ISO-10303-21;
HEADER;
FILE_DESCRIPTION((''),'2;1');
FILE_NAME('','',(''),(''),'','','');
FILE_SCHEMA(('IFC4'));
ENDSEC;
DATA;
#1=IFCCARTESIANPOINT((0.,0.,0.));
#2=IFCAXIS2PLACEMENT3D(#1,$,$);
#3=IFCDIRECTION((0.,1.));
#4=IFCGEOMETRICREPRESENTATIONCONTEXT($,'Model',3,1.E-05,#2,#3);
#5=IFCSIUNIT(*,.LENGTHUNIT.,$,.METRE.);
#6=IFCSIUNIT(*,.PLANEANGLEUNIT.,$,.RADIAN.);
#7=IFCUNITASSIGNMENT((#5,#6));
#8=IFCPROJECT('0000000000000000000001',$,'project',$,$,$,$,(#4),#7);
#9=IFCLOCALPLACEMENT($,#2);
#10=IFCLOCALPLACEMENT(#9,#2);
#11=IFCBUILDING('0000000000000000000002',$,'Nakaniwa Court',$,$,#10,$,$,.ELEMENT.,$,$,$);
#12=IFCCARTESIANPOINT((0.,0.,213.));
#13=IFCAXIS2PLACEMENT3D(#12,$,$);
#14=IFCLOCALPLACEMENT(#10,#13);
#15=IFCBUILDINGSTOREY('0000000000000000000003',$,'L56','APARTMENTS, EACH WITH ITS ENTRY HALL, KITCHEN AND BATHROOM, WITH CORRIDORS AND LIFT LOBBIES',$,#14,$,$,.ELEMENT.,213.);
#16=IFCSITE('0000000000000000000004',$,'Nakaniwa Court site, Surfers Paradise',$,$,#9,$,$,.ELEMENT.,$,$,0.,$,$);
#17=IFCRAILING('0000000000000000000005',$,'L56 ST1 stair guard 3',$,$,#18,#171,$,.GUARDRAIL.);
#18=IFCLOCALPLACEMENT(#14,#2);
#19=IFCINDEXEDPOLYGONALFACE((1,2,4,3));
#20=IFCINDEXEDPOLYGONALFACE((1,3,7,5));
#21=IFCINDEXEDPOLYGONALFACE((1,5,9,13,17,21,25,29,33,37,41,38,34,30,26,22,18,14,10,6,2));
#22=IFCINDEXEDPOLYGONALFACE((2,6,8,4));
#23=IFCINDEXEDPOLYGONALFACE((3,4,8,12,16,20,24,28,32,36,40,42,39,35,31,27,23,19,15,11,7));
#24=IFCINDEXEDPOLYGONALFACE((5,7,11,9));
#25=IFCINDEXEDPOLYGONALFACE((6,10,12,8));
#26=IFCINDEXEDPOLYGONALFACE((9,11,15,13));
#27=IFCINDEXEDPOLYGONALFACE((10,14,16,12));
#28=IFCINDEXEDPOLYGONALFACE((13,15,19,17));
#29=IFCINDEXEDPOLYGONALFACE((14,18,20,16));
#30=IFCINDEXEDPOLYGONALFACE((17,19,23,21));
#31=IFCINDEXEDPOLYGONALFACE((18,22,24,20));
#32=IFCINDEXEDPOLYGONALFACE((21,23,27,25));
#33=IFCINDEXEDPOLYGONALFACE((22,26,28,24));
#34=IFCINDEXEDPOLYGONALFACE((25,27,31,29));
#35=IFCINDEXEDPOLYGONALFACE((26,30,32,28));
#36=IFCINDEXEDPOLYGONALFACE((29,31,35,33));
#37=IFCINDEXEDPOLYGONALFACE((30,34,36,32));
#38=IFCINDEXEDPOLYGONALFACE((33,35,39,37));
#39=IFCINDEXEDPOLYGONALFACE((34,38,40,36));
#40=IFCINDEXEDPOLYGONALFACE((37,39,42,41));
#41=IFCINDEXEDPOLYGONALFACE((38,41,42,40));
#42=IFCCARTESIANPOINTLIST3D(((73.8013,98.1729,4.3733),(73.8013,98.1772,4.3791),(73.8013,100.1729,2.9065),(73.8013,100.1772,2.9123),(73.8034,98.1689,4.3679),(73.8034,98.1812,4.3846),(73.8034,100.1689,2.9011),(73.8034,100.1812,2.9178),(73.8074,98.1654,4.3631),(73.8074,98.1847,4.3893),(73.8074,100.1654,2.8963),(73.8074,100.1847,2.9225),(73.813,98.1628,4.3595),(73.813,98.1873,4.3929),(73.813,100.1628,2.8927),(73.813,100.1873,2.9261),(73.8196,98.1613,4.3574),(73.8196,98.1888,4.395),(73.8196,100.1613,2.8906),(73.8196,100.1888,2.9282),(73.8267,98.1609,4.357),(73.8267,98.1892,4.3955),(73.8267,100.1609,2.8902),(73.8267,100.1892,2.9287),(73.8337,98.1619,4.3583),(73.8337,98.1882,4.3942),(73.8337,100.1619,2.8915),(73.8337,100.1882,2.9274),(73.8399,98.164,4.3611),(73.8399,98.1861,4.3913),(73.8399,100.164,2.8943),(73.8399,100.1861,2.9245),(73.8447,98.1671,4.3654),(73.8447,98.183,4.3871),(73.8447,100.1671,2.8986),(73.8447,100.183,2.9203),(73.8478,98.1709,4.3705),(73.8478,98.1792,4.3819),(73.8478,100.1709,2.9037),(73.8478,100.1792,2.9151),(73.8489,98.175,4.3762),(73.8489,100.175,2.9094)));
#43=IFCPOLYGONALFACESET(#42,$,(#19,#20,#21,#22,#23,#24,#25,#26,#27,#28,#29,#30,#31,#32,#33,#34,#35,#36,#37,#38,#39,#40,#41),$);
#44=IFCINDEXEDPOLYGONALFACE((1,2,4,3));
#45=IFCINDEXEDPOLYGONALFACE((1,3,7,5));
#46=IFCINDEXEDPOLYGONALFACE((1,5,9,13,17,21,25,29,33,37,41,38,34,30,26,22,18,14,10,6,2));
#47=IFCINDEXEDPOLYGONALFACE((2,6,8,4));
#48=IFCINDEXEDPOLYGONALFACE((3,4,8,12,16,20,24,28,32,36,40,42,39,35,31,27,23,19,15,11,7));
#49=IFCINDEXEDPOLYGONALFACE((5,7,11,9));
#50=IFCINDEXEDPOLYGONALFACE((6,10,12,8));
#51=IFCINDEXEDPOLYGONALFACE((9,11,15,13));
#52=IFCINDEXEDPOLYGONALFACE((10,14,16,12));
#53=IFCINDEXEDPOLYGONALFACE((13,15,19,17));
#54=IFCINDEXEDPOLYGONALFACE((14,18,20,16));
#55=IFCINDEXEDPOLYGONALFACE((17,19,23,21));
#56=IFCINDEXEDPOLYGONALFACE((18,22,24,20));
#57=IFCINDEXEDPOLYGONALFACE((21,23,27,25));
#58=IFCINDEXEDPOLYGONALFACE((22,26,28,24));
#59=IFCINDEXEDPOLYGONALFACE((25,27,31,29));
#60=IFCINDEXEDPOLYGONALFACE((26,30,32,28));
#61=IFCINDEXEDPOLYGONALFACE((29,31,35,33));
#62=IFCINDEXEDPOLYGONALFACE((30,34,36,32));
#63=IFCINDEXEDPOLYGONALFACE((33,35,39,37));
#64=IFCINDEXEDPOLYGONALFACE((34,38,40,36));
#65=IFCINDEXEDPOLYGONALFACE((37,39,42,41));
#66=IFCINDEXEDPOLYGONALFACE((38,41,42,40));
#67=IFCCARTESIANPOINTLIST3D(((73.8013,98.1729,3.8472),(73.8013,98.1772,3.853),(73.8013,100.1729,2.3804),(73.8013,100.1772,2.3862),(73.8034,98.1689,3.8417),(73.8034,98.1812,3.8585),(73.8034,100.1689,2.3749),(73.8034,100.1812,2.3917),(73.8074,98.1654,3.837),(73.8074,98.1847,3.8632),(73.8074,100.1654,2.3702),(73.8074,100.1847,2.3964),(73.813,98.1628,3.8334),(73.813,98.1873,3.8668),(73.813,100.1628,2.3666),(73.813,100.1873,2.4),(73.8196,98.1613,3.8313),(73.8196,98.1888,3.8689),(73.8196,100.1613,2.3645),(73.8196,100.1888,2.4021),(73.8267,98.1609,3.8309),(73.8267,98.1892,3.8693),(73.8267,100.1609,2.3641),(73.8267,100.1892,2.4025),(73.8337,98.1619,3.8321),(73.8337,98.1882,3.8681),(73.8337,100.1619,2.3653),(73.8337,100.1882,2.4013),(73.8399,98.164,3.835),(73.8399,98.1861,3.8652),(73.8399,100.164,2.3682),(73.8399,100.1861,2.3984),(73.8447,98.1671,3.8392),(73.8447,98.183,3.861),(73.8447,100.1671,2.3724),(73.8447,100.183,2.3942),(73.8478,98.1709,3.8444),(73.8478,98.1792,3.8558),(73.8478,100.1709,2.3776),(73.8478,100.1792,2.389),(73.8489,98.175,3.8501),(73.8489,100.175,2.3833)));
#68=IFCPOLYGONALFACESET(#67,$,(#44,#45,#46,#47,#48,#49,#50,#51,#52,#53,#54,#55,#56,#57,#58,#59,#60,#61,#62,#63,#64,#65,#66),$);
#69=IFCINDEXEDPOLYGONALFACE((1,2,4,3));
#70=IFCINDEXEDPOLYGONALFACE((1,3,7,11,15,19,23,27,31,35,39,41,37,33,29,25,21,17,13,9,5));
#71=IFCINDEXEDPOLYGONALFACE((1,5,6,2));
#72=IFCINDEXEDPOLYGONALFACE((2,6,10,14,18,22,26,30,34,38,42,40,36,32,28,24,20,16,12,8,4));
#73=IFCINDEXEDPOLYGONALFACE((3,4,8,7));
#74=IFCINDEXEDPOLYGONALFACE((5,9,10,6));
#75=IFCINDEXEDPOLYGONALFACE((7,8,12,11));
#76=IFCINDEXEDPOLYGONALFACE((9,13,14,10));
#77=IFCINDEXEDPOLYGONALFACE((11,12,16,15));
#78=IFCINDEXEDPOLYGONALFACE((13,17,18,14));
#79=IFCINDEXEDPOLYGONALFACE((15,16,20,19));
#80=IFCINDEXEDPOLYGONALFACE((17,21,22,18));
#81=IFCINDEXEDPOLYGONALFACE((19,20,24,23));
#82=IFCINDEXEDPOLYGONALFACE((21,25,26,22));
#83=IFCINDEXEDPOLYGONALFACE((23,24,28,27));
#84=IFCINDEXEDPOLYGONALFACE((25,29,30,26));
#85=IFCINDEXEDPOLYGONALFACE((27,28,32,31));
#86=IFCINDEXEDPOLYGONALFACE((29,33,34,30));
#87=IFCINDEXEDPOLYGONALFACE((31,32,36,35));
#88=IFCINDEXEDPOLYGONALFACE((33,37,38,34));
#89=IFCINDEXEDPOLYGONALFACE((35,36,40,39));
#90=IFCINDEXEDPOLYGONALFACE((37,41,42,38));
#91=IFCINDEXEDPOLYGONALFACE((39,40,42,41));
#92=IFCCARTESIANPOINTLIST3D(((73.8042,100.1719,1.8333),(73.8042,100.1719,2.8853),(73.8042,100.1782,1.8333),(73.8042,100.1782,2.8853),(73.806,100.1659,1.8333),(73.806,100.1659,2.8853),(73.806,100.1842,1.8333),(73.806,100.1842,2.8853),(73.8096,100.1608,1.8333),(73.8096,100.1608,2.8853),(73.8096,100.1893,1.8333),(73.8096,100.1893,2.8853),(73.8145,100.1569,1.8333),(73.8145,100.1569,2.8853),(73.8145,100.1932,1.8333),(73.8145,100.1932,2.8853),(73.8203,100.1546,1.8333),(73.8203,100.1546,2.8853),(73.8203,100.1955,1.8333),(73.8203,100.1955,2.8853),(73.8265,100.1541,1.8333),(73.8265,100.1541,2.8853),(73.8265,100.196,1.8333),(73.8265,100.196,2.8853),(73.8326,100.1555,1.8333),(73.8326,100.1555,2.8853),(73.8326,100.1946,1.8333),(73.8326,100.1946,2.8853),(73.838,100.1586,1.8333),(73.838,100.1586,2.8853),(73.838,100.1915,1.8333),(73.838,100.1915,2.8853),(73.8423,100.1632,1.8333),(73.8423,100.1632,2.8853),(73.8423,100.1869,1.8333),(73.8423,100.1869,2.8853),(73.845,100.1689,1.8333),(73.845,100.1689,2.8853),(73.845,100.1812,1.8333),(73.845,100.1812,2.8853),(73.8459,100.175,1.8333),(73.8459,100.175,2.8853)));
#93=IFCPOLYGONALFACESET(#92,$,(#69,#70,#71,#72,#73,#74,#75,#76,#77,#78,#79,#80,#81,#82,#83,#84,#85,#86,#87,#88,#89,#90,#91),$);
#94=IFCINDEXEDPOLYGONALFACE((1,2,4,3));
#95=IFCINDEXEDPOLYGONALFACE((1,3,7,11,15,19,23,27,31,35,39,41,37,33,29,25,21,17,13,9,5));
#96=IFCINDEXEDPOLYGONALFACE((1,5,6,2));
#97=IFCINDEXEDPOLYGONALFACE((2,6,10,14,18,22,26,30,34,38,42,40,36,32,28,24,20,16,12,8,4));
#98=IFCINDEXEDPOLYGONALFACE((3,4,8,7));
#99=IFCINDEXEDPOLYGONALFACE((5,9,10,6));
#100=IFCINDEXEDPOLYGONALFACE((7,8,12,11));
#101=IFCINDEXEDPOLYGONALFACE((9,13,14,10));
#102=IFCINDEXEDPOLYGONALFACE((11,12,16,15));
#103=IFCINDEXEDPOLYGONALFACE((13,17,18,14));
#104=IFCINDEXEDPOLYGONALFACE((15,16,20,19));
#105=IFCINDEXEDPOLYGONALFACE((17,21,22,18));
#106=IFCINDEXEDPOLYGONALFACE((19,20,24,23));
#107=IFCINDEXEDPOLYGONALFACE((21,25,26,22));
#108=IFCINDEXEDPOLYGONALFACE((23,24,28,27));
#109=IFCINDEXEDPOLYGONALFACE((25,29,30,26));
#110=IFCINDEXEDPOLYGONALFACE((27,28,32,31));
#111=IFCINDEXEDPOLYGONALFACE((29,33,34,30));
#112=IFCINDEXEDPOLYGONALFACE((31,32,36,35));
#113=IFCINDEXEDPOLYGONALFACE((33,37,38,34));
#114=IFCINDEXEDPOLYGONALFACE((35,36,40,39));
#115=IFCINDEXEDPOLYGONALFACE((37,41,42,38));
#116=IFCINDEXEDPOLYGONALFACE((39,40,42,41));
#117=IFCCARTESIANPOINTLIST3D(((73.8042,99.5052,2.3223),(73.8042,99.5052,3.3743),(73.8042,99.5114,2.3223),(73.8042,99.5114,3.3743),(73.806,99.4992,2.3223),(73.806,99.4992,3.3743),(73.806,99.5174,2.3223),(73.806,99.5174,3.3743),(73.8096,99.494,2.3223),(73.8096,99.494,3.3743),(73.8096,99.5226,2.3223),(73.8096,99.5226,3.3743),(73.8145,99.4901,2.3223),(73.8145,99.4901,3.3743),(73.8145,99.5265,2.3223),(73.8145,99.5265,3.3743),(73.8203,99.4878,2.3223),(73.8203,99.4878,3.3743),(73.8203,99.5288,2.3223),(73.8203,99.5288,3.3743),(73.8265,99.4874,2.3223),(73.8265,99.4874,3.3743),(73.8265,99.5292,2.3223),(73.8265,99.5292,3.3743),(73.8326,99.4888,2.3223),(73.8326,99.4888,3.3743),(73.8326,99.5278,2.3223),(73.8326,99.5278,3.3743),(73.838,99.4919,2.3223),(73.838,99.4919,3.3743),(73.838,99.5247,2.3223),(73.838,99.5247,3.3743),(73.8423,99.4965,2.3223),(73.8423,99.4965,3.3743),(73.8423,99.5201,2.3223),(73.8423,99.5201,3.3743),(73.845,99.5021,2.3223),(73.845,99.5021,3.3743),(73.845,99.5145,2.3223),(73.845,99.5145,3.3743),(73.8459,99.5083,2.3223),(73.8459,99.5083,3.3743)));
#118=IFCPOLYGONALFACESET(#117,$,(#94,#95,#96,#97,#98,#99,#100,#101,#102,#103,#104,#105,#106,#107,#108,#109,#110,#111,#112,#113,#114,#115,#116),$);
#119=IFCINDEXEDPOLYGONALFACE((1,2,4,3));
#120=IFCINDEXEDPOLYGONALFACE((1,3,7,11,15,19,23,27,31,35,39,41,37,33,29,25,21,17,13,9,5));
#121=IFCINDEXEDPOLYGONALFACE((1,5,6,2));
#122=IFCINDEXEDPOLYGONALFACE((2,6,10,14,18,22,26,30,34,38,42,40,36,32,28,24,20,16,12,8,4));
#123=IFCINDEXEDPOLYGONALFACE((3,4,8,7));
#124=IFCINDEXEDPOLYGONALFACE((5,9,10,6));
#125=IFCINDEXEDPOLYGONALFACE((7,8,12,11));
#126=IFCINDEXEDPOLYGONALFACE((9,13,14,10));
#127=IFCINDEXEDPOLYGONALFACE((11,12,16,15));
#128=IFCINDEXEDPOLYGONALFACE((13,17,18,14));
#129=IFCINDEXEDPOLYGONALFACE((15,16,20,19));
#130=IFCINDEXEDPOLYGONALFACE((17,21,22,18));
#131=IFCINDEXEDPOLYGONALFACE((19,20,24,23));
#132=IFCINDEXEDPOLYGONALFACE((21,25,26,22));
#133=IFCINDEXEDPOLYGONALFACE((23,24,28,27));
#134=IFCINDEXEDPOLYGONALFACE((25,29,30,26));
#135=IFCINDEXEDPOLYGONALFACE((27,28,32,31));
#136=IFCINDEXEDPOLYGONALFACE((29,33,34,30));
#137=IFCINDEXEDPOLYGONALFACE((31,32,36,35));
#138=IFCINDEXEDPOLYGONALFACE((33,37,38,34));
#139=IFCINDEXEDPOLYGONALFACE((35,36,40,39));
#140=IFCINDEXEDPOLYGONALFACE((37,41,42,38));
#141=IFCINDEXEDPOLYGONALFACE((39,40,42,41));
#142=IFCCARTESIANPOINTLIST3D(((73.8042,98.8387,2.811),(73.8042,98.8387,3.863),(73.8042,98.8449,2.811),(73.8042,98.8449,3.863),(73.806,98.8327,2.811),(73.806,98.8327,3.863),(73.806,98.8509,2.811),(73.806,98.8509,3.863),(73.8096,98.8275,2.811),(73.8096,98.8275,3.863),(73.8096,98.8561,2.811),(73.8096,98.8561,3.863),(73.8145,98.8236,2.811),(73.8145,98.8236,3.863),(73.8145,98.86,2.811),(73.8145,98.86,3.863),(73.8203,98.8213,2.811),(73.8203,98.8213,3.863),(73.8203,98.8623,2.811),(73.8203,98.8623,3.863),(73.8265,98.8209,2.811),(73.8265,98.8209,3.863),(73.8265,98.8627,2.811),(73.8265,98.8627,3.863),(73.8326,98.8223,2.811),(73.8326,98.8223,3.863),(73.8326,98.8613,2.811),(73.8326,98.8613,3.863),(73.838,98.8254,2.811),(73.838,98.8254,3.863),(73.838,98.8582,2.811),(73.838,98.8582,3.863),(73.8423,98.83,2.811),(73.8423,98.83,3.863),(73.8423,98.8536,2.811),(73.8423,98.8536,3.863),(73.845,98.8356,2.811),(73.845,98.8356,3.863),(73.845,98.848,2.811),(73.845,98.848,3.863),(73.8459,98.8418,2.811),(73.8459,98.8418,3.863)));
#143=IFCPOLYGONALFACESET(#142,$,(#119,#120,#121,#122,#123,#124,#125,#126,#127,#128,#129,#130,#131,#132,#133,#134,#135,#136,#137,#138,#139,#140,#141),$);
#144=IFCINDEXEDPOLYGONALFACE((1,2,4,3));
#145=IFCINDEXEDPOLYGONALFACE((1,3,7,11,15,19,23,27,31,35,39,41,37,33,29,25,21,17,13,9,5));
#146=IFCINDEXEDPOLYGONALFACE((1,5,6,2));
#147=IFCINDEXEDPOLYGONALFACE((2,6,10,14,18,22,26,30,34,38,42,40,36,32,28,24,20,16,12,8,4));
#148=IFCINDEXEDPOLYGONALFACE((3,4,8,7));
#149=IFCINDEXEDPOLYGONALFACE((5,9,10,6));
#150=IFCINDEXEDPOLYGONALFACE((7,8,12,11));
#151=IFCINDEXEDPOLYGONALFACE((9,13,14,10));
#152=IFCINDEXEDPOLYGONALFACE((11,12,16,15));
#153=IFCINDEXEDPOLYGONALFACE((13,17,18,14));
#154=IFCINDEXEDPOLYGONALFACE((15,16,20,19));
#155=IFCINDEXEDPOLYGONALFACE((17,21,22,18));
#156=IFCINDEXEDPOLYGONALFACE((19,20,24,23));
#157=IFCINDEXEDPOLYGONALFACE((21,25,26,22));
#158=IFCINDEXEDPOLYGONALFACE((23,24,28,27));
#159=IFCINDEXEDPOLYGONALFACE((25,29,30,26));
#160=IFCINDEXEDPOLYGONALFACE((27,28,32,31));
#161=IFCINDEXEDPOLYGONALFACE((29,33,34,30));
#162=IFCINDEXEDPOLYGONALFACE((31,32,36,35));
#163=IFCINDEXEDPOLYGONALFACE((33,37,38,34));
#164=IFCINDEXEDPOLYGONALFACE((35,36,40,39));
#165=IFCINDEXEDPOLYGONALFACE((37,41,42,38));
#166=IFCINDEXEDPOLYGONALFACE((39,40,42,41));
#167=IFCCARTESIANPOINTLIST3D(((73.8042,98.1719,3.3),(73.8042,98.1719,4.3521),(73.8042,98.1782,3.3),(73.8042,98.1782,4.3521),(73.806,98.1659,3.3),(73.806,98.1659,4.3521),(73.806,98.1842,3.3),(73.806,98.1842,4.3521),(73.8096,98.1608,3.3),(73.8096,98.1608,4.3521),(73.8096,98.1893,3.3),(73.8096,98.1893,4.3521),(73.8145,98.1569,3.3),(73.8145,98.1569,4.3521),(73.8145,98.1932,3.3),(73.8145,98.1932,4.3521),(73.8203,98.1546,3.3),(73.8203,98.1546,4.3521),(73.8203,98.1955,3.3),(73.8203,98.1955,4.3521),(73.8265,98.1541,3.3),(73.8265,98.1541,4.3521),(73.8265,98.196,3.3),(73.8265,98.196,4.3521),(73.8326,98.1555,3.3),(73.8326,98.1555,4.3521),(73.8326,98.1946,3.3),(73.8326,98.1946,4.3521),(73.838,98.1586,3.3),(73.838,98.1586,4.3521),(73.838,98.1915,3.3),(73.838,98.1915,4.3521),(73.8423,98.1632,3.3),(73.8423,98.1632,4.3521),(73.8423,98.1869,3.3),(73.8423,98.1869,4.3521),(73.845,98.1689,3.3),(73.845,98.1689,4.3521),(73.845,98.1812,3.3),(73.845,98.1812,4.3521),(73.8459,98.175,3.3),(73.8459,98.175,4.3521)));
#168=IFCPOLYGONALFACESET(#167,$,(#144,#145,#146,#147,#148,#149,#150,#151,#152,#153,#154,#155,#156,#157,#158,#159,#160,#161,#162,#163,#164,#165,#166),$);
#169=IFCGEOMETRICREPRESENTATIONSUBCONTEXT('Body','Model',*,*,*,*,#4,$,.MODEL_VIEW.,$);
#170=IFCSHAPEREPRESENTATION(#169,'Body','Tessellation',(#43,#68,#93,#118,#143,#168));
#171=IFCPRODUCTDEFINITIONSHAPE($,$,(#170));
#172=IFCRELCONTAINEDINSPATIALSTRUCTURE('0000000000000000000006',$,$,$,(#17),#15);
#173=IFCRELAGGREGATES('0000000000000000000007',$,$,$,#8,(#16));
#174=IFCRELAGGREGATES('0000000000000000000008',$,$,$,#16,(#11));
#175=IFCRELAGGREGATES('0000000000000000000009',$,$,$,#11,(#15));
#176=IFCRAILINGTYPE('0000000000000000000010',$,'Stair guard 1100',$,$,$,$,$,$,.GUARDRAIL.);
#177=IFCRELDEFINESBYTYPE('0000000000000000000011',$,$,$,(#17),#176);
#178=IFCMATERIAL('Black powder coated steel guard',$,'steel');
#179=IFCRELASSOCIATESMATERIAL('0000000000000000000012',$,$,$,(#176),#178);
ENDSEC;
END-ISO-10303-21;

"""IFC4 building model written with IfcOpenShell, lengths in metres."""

from ifc_helpers import new_model, si_unit, direction, frame, origin, origin_2d, place, context, subcontext, project, spatial, circle, extrude, material, type_object, element, save


model = new_model("IFC4")

# Units and contexts
model_context = context("Model", 3, precision=1e-05, world=origin(), true_north=direction((0.0, 1.0)))
body_context = subcontext(model_context, "Body", "Model", "MODEL_VIEW")
ifc_project = project(units=[si_unit("LENGTHUNIT", "METRE"), si_unit("PLANEANGLEUNIT", "RADIAN")], contexts=[model_context])

# Site, building, storey
site_placement = place(None, origin())
site = spatial("IfcSite", under=ifc_project, at=site_placement, Name="Nakaniwa Court site, Surfers Paradise", CompositionType="ELEMENT", RefElevation=0.0)
building_placement = place(site_placement, origin())
building = spatial("IfcBuilding", under=site, at=building_placement, Name="Nakaniwa Court", CompositionType="ELEMENT")
storey_placement = place(building_placement, frame((0.0, 0.0, 213.0)))
storey = spatial("IfcBuildingStorey", under=building, at=storey_placement, Name="L56", Description="APARTMENTS, EACH WITH ITS ENTRY HALL, KITCHEN AND BATHROOM, WITH CORRIDORS AND LIFT LOBBIES", CompositionType="ELEMENT", Elevation=213.0)

# Railing
ifc_material_1 = material(Name="Black powder coated steel guard", Category="steel")
railing_type_1 = type_object("IfcRailingType", Name="Stair guard 1100", PredefinedType="GUARDRAIL", material=ifc_material_1)
railing_1_placement = place(storey_placement, frame((73.825, 100.175, 1.8333)))
element("IfcRailing", 1, at=railing_1_placement, inside=storey, type_object=railing_type_1, Name="L56 ST1 stair guard 3", PredefinedType="GUARDRAIL", context=body_context, shape_type="SweptSolid", body=[
    extrude(circle(Radius=0.0239, at=origin_2d()), frame((0.0, 0.0, 1.0762), z_axis=(0.0, -0.80638, 0.591398), x_axis=(1.0, 0.0, 0.0)), (0.0, 0.0, 1.0), 2.4802),
    extrude(circle(Radius=0.0239, at=origin_2d()), frame((0.0, 0.0, 0.55), z_axis=(0.0, -0.80638, 0.591398), x_axis=(1.0, 0.0, 0.0)), (0.0, 0.0, 1.0), 2.4802),
    extrude(circle(Radius=0.021, at=origin_2d()), origin(), (0.0, 0.0, 1.0), 1.052),
    extrude(circle(Radius=0.021, at=origin_2d()), frame((0.0, -0.6667, 0.489)), (0.0, 0.0, 1.0), 1.052),
    extrude(circle(Radius=0.021, at=origin_2d()), frame((0.0, -1.3333, 0.9778)), (0.0, 0.0, 1.0), 1.052),
    extrude(circle(Radius=0.021, at=origin_2d()), frame((0.0, -2.0, 1.4668)), (0.0, 0.0, 1.0), 1.052),
])

save(model, "model.ifc")
